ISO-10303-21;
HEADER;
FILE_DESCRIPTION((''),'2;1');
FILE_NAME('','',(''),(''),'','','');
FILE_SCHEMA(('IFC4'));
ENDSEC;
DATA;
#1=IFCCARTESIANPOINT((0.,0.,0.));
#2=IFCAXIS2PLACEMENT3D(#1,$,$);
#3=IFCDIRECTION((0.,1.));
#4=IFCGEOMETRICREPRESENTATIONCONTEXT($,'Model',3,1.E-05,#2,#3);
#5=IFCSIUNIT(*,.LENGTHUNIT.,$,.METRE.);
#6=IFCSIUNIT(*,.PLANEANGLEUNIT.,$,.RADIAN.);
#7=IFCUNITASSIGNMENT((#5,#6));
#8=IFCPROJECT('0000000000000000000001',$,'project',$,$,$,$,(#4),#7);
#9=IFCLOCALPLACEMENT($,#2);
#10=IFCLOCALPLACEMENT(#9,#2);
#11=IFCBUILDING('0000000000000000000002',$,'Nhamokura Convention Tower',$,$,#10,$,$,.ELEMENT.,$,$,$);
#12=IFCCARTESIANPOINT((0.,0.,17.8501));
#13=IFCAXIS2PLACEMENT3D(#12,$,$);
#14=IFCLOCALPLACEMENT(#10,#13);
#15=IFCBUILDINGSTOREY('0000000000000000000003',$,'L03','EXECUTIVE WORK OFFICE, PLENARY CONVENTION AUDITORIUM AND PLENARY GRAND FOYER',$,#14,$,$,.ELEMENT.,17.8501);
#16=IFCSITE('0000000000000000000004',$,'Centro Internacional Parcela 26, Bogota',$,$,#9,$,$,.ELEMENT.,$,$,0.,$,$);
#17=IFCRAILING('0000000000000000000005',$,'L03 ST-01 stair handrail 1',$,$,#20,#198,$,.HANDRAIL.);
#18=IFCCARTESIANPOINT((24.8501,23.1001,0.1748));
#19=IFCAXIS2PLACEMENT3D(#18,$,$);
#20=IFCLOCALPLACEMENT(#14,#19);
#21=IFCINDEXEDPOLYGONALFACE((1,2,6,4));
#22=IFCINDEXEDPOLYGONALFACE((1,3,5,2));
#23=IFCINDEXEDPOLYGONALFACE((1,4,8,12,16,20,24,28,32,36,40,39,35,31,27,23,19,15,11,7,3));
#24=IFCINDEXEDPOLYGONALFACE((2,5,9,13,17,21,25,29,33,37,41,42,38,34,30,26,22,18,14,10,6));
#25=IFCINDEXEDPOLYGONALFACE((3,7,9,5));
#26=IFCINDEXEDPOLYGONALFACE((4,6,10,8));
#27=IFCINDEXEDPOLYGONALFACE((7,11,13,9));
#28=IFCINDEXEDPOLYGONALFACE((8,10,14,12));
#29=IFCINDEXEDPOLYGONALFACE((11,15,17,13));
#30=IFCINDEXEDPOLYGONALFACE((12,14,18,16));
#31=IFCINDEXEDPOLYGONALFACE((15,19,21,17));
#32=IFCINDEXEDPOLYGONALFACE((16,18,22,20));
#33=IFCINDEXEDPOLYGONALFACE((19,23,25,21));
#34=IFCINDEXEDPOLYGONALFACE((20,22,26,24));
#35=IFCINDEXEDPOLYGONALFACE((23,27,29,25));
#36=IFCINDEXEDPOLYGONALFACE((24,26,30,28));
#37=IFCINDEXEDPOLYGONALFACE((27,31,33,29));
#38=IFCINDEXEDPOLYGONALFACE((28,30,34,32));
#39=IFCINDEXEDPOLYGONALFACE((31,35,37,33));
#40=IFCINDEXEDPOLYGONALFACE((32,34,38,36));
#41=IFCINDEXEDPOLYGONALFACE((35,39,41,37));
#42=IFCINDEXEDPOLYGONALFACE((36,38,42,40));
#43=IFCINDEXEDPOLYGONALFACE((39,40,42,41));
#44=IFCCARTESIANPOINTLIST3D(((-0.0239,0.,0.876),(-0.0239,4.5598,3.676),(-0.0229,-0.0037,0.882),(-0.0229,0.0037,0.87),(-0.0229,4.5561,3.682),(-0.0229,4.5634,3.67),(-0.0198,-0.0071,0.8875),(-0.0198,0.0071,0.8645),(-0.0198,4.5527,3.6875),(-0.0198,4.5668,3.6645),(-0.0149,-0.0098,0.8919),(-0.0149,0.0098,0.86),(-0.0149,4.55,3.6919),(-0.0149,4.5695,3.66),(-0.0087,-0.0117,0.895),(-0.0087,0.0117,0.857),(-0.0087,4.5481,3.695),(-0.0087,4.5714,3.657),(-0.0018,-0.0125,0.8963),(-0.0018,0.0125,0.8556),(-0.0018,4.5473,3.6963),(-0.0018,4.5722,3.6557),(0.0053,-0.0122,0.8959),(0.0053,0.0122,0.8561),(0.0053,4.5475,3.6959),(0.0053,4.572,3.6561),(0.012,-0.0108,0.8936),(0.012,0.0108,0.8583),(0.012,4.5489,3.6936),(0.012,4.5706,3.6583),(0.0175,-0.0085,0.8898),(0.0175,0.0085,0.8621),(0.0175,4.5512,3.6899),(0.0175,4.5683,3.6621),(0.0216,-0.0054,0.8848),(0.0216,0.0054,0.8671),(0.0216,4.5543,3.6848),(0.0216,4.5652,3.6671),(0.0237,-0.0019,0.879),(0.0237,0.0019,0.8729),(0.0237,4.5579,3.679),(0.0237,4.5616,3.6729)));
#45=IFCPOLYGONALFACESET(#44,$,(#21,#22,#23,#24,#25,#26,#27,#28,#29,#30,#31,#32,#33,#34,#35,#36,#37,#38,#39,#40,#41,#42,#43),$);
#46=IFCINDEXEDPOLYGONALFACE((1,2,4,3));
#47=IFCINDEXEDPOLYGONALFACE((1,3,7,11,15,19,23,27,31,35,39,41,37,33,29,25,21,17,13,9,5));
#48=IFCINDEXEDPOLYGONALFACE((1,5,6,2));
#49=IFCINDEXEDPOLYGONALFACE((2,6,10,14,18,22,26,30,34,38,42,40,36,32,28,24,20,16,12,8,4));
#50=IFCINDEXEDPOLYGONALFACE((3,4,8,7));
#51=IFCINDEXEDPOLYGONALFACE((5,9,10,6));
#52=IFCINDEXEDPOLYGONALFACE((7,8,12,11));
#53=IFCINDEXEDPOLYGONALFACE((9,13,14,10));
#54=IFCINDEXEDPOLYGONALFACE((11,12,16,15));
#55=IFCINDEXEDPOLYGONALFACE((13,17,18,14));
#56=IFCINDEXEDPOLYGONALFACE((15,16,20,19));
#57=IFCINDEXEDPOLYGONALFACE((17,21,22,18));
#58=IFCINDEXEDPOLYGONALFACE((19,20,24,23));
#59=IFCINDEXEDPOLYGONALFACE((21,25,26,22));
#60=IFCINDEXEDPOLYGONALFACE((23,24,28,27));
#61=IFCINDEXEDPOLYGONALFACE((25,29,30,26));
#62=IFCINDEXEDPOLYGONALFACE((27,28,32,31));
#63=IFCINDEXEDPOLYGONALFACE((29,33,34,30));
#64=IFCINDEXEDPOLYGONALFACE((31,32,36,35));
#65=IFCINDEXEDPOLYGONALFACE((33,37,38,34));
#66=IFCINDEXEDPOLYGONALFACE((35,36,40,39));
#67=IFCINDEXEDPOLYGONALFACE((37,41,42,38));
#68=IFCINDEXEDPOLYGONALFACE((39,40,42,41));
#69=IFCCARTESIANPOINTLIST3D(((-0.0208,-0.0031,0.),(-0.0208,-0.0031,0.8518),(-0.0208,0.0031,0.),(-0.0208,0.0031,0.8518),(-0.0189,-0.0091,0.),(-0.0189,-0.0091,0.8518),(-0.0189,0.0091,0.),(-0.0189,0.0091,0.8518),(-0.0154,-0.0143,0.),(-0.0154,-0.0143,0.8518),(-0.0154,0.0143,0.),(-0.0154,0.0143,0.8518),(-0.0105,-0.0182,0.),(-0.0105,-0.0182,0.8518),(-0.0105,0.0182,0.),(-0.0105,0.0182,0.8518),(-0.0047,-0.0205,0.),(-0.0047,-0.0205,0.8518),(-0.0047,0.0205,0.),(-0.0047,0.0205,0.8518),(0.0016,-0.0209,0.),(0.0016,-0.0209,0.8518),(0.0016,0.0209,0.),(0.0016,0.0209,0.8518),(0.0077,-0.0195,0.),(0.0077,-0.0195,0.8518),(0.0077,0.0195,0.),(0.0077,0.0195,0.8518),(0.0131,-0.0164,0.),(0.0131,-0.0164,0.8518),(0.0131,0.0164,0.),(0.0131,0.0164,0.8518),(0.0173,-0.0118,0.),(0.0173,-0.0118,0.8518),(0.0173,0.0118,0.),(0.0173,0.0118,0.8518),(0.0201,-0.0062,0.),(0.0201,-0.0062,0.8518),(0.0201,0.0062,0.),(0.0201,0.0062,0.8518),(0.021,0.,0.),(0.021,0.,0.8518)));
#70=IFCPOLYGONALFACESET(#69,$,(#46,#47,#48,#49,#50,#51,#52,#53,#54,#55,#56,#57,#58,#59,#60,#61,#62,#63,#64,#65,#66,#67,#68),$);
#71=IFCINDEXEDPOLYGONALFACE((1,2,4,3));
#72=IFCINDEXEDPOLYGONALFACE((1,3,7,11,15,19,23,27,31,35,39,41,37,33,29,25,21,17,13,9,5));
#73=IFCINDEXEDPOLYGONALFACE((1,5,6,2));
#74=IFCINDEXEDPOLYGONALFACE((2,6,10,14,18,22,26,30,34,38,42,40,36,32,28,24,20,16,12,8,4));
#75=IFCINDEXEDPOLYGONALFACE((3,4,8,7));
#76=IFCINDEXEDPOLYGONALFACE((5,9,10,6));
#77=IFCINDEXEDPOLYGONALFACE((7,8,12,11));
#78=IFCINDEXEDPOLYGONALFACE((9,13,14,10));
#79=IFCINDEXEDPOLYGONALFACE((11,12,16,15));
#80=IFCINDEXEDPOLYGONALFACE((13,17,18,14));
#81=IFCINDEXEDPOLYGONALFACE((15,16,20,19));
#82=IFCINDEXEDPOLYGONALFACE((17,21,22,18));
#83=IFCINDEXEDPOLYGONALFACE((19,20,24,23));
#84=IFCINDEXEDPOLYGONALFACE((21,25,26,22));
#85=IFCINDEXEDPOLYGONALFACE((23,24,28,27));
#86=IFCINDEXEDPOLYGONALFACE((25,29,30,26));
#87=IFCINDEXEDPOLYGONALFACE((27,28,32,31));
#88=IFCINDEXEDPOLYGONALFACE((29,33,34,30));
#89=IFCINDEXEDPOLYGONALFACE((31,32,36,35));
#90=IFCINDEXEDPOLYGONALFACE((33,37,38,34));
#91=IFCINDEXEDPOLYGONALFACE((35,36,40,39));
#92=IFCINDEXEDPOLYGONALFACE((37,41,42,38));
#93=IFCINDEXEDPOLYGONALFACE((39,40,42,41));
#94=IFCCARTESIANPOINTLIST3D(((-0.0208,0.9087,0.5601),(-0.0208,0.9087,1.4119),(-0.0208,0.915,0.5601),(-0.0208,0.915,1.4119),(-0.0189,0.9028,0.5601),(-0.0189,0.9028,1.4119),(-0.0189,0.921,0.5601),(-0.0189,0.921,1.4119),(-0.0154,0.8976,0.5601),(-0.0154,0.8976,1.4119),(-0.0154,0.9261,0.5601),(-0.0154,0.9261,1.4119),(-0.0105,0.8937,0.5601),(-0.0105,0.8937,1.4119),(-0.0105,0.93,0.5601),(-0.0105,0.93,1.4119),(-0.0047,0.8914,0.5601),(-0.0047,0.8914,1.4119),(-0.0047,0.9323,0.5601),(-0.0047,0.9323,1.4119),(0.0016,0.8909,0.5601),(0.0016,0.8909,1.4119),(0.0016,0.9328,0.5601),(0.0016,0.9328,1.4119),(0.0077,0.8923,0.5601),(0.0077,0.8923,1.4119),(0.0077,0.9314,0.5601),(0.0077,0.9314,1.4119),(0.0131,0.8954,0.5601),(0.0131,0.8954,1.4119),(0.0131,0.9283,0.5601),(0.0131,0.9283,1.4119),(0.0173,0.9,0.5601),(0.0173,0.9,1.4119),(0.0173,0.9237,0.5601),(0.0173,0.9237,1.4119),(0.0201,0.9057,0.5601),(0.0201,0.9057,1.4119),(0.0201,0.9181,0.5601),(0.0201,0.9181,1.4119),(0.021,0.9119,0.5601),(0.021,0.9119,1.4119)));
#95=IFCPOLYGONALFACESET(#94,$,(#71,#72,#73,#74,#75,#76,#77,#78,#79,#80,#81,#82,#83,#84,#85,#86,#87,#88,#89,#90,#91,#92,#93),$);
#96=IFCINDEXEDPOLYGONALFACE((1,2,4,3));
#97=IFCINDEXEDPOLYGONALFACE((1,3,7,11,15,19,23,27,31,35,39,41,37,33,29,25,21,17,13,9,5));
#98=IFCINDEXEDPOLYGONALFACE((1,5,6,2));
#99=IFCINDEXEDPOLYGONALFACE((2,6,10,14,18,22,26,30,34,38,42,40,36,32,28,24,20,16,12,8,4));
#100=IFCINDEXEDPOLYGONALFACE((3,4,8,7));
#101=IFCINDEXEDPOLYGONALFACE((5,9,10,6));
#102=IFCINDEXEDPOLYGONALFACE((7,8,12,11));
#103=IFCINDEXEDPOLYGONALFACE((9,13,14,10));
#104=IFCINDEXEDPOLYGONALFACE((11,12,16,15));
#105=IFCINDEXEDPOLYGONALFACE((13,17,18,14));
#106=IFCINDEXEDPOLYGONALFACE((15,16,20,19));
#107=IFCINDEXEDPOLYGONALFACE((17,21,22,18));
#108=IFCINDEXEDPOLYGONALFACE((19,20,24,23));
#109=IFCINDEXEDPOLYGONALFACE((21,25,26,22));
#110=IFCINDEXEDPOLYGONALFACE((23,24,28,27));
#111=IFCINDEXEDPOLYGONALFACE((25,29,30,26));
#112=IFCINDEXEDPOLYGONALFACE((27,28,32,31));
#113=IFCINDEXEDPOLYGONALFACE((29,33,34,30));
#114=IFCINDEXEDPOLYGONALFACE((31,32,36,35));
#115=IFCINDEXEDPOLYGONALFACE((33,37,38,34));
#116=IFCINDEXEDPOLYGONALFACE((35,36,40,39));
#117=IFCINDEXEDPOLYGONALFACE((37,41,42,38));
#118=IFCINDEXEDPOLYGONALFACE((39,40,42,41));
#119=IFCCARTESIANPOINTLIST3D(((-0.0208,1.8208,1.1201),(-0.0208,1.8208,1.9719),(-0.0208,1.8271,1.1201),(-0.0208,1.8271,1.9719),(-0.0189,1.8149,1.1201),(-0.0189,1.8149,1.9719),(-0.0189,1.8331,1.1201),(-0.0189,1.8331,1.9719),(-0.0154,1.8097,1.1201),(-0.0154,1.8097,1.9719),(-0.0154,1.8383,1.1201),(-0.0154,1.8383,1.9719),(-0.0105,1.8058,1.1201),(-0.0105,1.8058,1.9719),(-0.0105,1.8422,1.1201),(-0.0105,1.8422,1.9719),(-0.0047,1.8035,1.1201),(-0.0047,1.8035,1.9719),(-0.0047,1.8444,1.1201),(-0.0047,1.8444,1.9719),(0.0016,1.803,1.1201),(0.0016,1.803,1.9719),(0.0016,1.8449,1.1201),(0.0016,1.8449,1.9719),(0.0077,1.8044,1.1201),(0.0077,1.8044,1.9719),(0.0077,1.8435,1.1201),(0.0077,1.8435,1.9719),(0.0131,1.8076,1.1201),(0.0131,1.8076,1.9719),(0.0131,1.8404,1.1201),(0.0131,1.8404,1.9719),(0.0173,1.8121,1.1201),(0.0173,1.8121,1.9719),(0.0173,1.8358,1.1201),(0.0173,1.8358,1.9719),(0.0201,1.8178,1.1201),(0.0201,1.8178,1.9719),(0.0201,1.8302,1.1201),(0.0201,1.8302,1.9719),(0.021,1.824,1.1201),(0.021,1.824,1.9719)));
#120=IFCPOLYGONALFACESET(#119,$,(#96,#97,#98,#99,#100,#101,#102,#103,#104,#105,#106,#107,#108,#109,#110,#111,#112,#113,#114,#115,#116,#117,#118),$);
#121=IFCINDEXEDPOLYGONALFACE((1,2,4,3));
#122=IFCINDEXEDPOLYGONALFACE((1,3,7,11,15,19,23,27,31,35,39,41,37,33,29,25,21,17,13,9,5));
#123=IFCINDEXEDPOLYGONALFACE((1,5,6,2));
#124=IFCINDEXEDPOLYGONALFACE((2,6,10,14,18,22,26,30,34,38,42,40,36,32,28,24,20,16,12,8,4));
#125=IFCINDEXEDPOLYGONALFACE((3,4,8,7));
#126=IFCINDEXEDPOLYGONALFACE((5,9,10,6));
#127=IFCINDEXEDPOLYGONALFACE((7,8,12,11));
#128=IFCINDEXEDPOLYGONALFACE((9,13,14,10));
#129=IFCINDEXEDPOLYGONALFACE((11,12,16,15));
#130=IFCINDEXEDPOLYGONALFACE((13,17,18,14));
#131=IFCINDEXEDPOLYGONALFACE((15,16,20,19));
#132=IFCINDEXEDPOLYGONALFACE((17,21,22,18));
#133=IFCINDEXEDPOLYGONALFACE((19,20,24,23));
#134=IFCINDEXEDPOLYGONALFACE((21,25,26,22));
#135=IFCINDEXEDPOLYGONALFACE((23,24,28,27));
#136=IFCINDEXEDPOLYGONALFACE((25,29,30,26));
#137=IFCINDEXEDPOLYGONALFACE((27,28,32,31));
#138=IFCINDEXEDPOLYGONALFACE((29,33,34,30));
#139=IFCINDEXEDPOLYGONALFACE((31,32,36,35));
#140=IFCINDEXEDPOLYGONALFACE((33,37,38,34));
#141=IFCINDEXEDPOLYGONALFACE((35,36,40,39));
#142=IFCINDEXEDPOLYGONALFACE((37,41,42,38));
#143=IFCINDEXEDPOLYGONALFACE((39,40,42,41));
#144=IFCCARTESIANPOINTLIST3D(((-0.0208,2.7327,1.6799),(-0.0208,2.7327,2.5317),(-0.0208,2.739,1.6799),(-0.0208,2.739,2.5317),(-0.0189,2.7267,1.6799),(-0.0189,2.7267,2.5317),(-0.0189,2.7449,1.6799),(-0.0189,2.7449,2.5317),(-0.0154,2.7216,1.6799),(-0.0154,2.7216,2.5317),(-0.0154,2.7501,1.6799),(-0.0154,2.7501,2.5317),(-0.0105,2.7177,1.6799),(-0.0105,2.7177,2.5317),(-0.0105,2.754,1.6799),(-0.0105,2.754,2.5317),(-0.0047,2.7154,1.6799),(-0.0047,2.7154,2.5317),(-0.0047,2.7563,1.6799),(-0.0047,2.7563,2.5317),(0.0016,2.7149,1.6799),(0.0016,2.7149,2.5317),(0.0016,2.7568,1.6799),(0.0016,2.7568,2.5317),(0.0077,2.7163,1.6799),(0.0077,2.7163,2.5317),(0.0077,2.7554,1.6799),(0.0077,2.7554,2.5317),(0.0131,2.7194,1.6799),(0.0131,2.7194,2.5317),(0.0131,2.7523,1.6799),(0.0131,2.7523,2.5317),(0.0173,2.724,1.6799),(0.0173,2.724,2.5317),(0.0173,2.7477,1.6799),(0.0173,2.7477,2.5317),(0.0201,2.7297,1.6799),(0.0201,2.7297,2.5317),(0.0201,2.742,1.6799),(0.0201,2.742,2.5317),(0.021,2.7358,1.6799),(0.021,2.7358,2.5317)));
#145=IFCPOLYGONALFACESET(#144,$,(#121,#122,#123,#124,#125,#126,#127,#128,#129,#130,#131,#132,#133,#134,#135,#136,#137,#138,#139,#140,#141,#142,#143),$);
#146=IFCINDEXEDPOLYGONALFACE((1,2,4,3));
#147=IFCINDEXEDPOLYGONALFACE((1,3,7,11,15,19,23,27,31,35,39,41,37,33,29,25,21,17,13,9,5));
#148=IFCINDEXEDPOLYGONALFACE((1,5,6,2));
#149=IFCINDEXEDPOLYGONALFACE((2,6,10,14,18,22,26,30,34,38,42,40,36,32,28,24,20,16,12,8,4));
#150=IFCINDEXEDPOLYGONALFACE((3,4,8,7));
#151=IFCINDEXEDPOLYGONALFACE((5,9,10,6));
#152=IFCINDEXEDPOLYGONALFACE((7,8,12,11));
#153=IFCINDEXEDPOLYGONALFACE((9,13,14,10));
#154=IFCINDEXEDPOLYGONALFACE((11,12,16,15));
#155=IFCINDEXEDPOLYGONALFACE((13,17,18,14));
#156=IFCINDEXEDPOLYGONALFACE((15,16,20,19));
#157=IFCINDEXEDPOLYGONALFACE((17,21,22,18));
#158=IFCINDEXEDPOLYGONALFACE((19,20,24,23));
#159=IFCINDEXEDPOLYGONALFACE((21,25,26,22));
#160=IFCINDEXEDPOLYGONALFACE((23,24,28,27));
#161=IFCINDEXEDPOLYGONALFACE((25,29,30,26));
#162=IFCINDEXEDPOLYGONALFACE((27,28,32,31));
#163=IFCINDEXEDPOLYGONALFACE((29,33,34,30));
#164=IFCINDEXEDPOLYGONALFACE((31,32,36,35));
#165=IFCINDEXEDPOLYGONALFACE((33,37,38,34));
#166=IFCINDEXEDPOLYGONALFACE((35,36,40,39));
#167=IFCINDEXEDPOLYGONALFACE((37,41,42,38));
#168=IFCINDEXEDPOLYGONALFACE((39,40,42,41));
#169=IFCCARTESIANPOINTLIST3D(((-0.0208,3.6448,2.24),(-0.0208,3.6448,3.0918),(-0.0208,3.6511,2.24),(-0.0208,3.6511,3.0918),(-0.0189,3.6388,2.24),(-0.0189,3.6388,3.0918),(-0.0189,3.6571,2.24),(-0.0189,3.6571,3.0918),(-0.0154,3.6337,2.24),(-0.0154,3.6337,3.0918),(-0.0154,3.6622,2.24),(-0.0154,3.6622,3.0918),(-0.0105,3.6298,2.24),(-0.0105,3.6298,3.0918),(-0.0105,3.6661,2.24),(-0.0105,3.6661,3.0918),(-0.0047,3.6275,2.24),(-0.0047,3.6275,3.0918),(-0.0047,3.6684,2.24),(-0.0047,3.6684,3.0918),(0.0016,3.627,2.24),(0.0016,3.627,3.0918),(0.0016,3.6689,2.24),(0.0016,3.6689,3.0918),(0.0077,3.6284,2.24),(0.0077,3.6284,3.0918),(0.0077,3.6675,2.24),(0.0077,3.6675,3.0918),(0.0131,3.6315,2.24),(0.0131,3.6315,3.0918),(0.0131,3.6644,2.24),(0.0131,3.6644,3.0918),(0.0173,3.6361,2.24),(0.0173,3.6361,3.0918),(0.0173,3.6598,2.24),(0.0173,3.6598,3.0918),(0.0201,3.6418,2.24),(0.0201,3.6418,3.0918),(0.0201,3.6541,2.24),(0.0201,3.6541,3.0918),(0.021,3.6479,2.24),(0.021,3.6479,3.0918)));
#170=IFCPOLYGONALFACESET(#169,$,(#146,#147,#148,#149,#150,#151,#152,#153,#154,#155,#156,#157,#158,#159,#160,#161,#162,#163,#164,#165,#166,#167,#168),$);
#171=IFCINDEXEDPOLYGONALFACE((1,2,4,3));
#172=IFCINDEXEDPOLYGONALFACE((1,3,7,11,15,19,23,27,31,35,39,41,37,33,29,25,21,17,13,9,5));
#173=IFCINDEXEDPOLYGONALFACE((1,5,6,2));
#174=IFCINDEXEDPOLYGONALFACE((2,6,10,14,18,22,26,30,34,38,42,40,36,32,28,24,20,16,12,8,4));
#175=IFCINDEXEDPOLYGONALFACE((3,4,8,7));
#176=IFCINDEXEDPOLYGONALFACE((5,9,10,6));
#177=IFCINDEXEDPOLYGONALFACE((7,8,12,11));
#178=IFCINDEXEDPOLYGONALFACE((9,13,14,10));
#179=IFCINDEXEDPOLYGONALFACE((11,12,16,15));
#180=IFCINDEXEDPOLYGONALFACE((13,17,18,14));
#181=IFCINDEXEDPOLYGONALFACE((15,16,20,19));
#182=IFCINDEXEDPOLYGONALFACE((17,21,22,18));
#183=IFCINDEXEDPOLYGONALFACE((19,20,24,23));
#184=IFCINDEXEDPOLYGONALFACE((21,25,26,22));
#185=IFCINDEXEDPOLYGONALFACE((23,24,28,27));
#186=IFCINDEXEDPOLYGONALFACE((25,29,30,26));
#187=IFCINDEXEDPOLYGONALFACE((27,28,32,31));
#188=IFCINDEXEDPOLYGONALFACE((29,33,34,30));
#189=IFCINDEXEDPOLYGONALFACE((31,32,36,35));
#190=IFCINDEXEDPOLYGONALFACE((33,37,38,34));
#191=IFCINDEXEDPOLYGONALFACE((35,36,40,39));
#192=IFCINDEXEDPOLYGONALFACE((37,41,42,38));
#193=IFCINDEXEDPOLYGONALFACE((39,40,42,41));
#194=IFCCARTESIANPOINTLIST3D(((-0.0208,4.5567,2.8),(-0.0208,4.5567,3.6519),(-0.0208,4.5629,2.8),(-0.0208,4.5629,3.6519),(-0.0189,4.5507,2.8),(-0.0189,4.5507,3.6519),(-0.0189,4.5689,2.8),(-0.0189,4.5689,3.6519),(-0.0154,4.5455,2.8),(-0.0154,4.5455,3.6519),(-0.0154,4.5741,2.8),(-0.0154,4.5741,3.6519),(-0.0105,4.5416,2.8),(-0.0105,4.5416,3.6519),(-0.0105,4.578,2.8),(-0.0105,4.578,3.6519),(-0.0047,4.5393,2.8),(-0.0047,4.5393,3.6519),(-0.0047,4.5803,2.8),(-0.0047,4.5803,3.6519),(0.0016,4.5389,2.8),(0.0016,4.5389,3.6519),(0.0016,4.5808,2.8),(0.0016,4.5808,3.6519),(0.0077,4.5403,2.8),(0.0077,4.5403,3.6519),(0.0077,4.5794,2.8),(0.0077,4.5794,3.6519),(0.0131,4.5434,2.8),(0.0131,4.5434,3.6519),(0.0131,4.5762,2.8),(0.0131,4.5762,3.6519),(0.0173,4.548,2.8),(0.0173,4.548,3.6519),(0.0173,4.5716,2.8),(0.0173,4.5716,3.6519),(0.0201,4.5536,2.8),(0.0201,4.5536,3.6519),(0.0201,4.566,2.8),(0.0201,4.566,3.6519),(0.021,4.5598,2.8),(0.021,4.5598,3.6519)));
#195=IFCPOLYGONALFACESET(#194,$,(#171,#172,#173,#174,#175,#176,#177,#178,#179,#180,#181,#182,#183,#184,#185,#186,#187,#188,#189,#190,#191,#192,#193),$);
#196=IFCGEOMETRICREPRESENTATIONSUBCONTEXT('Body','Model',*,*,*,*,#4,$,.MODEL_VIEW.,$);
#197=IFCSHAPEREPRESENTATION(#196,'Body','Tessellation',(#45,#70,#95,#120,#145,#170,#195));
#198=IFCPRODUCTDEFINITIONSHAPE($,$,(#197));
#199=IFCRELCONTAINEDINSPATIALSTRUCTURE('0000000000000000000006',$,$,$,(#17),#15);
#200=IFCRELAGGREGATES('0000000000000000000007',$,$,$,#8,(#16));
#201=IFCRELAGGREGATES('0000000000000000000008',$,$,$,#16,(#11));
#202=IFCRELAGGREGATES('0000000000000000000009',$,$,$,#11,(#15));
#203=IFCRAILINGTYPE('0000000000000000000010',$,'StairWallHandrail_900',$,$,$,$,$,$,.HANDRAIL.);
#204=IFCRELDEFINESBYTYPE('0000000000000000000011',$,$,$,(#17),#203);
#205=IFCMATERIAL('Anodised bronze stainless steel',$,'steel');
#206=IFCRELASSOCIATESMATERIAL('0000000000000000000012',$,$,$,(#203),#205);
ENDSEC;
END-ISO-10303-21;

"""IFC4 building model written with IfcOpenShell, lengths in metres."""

from ifc_helpers import new_model, si_unit, direction, frame, origin, origin_2d, place, context, subcontext, project, spatial, circle, extrude, material, type_object, element, save


model = new_model("IFC4")

# Units and contexts
model_context = context("Model", 3, precision=1e-05, world=origin(), true_north=direction((0.0, 1.0)))
body_context = subcontext(model_context, "Body", "Model", "MODEL_VIEW")
ifc_project = project(units=[si_unit("LENGTHUNIT", "METRE"), si_unit("PLANEANGLEUNIT", "RADIAN")], contexts=[model_context])

# Site, building, storey
site_placement = place(None, origin())
site = spatial("IfcSite", under=ifc_project, at=site_placement, Name="Centro Internacional Parcela 26, Bogota", CompositionType="ELEMENT", RefElevation=0.0)
building_placement = place(site_placement, origin())
building = spatial("IfcBuilding", under=site, at=building_placement, Name="Nhamokura Convention Tower", CompositionType="ELEMENT")
storey_placement = place(building_placement, frame((0.0, 0.0, 17.8501)))
storey = spatial("IfcBuildingStorey", under=building, at=storey_placement, Name="L03", Description="EXECUTIVE WORK OFFICE, PLENARY CONVENTION AUDITORIUM AND PLENARY GRAND FOYER", CompositionType="ELEMENT", Elevation=17.8501)

# Railing
ifc_material_1 = material(Name="Anodised bronze stainless steel", Category="steel")
railing_type_1 = type_object("IfcRailingType", Name="StairWallHandrail_900", PredefinedType="HANDRAIL", material=ifc_material_1)
railing_1_placement = place(storey_placement, frame((24.8501, 23.1001, 0.1748)))
element("IfcRailing", 1, at=railing_1_placement, inside=storey, type_object=railing_type_1, Name="L03 ST-01 stair handrail 1", PredefinedType="HANDRAIL", context=body_context, shape_type="SweptSolid", body=[
    extrude(circle(Radius=0.0239, at=origin_2d()), frame((0.0, 0.0, 0.876), z_axis=(0.0, 0.852158, 0.523285), x_axis=(-1.0, 0.0, 0.0)), (0.0, 0.0, 1.0), 5.3508),
    extrude(circle(Radius=0.021, at=origin_2d()), origin(), (0.0, 0.0, 1.0), 0.8518),
    extrude(circle(Radius=0.021, at=origin_2d()), frame((0.0, 0.9119, 0.5601)), (0.0, 0.0, 1.0), 0.8518),
    extrude(circle(Radius=0.021, at=origin_2d()), frame((0.0, 1.824, 1.1201)), (0.0, 0.0, 1.0), 0.8518),
    extrude(circle(Radius=0.021, at=origin_2d()), frame((0.0, 2.7358, 1.6799)), (0.0, 0.0, 1.0), 0.8518),
    extrude(circle(Radius=0.021, at=origin_2d()), frame((0.0, 3.6479, 2.24)), (0.0, 0.0, 1.0), 0.8518),
    extrude(circle(Radius=0.021, at=origin_2d()), frame((0.0, 4.5598, 2.8)), (0.0, 0.0, 1.0), 0.8518),
])

save(model, "model.ifc")
